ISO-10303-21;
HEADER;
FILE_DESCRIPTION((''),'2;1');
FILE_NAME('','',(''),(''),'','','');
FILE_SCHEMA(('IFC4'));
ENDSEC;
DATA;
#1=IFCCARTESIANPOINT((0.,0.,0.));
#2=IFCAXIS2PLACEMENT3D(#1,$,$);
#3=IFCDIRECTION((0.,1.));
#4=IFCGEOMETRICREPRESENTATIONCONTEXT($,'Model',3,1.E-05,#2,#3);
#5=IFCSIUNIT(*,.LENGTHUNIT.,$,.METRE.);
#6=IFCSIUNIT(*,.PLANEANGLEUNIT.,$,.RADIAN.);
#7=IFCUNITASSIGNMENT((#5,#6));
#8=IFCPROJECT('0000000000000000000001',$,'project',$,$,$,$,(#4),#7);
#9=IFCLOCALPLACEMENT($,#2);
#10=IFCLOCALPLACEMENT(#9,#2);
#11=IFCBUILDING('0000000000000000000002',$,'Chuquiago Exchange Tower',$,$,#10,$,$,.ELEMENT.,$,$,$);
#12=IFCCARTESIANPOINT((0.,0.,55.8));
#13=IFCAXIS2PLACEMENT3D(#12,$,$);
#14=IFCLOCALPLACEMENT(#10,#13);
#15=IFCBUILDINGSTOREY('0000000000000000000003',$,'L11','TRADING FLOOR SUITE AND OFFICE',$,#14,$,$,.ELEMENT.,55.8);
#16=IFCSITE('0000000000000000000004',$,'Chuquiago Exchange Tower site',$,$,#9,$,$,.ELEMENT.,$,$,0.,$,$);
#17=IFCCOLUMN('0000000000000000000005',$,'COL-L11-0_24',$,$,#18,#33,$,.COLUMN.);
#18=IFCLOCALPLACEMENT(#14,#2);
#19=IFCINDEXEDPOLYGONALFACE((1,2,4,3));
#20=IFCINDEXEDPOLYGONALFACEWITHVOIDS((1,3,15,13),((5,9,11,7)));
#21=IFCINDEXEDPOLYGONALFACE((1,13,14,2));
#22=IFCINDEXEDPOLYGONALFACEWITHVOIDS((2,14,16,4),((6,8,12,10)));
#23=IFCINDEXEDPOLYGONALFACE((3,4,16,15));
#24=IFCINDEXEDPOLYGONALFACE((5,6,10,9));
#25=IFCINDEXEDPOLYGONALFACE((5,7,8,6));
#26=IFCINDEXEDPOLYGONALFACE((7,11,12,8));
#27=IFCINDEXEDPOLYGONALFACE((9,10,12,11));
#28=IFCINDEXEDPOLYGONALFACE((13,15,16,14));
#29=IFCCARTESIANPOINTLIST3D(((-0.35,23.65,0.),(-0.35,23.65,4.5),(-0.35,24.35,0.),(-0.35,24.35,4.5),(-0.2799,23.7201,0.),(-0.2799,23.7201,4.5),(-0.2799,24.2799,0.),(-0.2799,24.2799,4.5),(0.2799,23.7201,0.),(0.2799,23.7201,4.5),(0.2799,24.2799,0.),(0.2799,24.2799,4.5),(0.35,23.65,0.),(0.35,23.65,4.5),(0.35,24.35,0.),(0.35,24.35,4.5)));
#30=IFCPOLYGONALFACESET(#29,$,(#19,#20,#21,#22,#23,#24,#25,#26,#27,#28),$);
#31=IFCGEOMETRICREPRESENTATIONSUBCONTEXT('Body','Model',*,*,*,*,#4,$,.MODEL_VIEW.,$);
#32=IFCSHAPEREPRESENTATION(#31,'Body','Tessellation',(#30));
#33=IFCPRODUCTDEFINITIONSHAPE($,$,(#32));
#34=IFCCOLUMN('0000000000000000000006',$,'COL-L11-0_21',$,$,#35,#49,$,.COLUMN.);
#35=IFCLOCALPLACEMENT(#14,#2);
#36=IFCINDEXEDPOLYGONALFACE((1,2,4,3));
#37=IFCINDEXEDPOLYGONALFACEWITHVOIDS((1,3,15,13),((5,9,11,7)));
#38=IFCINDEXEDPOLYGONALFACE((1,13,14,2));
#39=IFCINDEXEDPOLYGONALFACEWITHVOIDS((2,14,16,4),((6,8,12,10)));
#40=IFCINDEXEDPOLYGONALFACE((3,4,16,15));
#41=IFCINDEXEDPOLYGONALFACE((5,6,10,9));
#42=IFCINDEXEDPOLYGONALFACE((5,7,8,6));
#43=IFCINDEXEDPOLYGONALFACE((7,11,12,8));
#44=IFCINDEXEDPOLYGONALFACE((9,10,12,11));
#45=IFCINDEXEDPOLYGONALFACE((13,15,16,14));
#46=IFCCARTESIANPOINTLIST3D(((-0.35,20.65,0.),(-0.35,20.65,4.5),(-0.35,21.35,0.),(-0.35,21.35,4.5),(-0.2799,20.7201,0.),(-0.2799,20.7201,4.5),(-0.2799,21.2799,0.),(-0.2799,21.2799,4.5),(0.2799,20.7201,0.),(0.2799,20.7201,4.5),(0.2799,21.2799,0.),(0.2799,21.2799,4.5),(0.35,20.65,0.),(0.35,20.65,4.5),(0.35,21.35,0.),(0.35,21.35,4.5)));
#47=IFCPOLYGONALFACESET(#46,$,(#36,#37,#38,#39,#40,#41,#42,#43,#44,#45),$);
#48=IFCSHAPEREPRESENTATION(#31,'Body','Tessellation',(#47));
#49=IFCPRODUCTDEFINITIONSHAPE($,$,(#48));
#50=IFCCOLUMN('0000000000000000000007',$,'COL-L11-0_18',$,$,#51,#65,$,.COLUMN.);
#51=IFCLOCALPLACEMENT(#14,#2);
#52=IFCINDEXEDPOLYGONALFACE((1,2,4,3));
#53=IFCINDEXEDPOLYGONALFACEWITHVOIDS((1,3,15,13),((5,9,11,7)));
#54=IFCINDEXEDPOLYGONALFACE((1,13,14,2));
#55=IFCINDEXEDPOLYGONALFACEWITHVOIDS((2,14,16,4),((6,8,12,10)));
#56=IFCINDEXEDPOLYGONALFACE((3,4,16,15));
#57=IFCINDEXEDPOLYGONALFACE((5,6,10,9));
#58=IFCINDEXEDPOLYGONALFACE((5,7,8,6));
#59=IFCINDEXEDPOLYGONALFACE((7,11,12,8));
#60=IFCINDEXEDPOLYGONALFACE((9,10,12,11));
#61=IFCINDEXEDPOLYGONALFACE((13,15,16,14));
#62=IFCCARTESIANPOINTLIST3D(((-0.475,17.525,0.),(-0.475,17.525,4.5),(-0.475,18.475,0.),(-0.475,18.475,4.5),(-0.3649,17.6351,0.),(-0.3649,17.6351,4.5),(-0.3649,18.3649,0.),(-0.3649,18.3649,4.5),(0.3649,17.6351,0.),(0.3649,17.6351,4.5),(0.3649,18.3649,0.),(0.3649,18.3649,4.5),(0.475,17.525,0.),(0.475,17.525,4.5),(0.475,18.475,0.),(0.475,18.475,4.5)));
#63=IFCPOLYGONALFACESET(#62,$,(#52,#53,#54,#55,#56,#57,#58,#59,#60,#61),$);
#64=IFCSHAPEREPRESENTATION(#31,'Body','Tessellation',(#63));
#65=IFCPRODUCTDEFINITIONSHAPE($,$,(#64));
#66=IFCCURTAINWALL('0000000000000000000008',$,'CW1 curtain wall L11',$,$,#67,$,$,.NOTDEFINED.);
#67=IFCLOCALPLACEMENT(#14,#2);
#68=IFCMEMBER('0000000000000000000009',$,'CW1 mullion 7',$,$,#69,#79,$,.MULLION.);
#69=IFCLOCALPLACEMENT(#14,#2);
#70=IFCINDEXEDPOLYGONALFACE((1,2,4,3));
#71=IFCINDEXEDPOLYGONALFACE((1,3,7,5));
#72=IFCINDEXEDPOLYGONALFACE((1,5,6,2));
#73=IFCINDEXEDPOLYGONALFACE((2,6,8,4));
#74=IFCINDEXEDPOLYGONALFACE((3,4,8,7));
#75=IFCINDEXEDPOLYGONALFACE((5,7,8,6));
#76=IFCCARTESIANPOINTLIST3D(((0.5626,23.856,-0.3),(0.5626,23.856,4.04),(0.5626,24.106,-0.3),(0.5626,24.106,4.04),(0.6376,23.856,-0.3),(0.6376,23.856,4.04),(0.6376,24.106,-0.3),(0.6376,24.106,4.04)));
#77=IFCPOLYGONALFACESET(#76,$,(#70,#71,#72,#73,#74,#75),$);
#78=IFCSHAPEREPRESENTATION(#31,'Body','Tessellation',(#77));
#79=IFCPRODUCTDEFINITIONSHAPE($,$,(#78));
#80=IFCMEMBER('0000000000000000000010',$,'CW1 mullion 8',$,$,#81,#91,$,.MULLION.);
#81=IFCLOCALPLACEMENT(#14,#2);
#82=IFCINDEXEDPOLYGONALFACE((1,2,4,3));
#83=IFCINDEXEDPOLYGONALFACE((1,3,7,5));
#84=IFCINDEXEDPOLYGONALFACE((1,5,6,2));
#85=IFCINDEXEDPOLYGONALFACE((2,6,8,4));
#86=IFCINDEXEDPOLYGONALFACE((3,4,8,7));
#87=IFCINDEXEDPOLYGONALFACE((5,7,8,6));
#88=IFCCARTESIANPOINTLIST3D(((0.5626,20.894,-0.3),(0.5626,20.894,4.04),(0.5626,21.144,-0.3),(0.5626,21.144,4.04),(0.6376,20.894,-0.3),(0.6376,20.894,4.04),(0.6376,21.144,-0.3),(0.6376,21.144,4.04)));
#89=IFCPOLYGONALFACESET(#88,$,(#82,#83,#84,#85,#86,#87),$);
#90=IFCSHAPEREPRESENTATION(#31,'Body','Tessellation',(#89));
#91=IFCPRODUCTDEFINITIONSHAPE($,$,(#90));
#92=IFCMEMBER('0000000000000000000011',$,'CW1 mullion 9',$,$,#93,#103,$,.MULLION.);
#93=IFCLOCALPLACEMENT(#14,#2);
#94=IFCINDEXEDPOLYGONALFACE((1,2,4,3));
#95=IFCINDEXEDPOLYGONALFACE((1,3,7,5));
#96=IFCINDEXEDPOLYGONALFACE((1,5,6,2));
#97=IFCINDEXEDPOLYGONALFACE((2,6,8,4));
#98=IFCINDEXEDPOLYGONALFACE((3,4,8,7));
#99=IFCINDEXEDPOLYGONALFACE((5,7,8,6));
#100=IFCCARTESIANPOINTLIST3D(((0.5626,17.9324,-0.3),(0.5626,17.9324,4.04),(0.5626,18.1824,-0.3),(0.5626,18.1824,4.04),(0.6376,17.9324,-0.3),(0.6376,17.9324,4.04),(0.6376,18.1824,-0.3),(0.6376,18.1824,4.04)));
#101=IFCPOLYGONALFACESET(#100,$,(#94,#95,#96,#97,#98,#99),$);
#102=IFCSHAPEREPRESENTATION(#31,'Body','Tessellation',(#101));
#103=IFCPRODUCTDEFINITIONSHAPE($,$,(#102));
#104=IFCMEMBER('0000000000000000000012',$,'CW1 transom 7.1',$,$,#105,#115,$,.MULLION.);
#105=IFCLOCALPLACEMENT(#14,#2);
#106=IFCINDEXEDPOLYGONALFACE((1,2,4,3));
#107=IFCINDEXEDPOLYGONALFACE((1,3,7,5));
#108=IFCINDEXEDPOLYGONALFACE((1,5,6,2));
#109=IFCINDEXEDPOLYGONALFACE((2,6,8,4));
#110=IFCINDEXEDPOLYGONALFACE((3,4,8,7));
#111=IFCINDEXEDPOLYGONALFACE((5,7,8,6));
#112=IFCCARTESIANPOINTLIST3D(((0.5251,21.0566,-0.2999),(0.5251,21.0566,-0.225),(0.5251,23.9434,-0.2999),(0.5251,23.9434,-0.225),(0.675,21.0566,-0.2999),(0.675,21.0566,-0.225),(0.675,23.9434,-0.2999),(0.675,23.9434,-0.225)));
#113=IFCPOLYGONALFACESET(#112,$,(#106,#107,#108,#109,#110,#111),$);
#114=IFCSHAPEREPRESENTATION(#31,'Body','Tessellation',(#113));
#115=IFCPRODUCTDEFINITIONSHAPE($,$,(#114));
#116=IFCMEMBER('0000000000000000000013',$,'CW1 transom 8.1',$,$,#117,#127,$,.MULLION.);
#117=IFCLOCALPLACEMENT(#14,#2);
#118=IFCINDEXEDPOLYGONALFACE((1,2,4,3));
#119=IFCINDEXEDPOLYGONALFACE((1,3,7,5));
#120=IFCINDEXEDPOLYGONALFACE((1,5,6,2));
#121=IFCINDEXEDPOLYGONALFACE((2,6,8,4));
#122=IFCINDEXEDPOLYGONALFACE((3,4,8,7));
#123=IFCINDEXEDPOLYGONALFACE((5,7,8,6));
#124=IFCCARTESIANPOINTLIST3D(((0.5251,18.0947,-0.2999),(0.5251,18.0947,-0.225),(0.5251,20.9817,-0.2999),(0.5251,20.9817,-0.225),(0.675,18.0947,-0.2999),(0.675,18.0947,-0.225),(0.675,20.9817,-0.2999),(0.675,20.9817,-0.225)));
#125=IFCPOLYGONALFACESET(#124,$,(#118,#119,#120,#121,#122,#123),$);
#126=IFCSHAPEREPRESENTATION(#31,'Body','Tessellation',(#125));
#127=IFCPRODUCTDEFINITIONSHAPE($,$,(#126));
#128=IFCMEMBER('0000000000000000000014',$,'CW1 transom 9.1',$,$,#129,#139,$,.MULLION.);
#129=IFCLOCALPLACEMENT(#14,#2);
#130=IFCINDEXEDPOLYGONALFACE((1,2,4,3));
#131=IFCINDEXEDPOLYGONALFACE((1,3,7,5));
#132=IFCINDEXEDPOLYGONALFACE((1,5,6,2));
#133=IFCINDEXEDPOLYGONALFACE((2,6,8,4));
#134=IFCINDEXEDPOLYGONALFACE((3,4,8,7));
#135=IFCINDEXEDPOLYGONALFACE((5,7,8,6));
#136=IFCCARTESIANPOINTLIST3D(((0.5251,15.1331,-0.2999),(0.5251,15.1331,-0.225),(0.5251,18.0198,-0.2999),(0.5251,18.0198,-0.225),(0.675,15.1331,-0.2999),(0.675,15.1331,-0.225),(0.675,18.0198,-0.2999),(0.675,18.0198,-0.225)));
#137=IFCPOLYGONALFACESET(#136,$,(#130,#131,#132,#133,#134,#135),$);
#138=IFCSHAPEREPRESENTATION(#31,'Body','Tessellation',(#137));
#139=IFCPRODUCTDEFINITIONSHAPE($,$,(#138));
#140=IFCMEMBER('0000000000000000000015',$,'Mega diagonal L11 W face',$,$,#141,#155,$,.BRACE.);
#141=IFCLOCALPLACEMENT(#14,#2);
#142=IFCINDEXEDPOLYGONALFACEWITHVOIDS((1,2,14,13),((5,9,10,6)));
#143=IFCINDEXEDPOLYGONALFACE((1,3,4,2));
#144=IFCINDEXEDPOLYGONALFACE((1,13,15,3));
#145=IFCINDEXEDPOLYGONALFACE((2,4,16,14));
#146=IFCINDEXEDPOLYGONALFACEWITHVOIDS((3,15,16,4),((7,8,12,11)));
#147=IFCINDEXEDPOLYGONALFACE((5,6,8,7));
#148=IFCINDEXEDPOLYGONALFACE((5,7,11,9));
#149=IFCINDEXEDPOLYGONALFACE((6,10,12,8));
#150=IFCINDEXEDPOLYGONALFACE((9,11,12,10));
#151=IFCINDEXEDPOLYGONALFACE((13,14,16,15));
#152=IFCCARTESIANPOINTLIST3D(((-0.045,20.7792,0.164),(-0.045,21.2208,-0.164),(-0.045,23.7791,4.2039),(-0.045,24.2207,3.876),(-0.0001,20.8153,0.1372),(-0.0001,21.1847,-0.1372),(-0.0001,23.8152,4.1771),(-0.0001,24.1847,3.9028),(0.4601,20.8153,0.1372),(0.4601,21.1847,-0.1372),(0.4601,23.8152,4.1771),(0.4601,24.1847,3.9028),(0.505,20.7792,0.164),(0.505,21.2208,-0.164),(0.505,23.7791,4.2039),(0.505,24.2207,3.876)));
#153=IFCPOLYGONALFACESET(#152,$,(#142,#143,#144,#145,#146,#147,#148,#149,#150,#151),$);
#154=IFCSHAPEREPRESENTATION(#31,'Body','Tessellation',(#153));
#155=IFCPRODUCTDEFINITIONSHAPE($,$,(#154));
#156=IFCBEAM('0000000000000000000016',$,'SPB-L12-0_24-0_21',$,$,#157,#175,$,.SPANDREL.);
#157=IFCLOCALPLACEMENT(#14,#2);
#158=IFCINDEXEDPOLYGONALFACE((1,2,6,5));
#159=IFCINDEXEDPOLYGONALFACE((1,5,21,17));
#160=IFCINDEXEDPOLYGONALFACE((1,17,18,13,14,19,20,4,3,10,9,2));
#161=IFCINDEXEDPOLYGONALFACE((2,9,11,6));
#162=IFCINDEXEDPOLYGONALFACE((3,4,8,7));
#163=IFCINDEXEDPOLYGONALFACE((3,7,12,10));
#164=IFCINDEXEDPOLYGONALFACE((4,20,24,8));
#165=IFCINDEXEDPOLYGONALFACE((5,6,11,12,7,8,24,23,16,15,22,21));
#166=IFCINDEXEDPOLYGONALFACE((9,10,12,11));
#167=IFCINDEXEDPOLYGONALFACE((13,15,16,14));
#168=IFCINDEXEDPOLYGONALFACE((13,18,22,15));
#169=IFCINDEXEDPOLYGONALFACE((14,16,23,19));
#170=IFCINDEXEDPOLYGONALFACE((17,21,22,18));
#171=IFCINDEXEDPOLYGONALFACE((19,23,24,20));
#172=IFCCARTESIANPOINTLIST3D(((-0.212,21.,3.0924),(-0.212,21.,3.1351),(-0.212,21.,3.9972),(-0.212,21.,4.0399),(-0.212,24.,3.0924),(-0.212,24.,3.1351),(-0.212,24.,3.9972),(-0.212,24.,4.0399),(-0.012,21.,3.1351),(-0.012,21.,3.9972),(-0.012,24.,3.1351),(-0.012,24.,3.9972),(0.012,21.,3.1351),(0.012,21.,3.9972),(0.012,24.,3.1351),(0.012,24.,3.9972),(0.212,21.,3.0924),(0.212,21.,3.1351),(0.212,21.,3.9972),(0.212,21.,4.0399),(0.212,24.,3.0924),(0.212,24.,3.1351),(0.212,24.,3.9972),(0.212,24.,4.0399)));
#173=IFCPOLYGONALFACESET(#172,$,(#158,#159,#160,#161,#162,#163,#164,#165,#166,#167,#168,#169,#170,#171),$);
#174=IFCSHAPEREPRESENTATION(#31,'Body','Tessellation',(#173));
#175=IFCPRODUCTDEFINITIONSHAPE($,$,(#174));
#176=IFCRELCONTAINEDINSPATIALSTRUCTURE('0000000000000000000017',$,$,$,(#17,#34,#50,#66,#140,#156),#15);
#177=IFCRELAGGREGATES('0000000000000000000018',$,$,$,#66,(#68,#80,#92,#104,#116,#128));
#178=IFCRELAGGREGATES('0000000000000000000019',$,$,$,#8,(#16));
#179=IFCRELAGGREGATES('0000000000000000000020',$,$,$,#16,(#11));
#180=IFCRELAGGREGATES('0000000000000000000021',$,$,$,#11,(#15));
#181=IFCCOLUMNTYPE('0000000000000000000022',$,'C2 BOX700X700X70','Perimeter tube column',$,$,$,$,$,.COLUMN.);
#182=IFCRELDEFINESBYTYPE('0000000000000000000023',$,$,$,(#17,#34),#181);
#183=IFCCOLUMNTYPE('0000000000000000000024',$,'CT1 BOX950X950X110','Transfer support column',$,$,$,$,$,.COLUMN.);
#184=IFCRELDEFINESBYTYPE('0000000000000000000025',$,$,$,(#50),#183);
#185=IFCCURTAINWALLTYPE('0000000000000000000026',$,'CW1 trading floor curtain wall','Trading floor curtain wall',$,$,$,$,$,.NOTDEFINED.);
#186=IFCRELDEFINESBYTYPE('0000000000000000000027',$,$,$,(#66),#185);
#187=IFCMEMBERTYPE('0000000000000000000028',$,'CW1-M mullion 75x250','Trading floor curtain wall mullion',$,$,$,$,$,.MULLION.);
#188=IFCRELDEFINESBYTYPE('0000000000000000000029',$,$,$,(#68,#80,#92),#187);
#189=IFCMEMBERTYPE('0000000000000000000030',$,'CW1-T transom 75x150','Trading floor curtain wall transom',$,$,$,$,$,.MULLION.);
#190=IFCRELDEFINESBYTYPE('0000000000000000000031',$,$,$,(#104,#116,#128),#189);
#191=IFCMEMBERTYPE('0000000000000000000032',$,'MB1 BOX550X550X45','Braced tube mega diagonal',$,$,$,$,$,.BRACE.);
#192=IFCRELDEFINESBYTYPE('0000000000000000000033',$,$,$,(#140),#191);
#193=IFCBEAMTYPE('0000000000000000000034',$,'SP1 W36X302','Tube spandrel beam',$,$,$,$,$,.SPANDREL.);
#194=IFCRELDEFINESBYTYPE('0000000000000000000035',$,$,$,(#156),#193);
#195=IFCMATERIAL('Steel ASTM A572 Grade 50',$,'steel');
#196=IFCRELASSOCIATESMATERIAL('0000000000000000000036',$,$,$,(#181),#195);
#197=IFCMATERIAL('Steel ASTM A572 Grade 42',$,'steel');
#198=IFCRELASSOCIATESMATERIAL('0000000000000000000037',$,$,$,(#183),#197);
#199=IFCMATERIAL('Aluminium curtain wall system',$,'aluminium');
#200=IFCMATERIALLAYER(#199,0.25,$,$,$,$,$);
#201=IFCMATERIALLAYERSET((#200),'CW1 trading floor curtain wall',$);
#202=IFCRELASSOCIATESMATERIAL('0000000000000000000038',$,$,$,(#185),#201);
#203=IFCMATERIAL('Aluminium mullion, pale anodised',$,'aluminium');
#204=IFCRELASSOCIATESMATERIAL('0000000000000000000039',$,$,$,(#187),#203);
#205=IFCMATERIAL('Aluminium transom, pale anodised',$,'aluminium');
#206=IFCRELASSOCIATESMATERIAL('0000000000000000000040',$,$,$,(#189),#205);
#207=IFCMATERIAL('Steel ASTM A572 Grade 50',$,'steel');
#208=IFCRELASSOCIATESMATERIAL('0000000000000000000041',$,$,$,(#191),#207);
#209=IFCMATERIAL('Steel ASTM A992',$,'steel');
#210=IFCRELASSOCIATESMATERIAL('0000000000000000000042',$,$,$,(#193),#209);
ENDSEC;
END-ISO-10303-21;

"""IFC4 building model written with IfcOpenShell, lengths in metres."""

from ifc_helpers import new_model, si_unit, direction, frame, origin, origin_2d, place, context, subcontext, project, spatial, rectangle, hollow_rectangle, i_section, extrude, material, layer, layer_set, material_profile, profile_set, type_object, element, aggregate, save


model = new_model("IFC4")

# Units and contexts
model_context = context("Model", 3, precision=1e-05, world=origin(), true_north=direction((0.0, 1.0)))
body_context = subcontext(model_context, "Body", "Model", "MODEL_VIEW")
ifc_project = project(units=[si_unit("LENGTHUNIT", "METRE"), si_unit("PLANEANGLEUNIT", "RADIAN")], contexts=[model_context])

# Site, building, storey
site_placement = place(None, origin())
site = spatial("IfcSite", under=ifc_project, at=site_placement, Name="Chuquiago Exchange Tower site", CompositionType="ELEMENT", RefElevation=0.0)
building_placement = place(site_placement, origin())
building = spatial("IfcBuilding", under=site, at=building_placement, Name="Chuquiago Exchange Tower", CompositionType="ELEMENT")
storey_placement = place(building_placement, frame((0.0, 0.0, 55.8)))
storey = spatial("IfcBuildingStorey", under=building, at=storey_placement, Name="L11", Description="TRADING FLOOR SUITE AND OFFICE", CompositionType="ELEMENT", Elevation=55.8)

# Columns
ifc_material_1 = material(Name="Steel ASTM A572 Grade 50", Category="steel")
ifc_material_profile_1 = material_profile(ifc_material_1, hollow_rectangle(XDim=0.7, YDim=0.7, WallThickness=0.0701, at=origin_2d()), Name="BOX700X700X70")
ifc_profile_set_1 = profile_set([ifc_material_profile_1], Name="Steel ASTM A572 Grade 50")
column_type_1 = type_object("IfcColumnType", Name="C2 BOX700X700X70", Description="Perimeter tube column", PredefinedType="COLUMN", material=ifc_profile_set_1)
for number, where, z_axis, x_axis, name in (
    (1, (0.0, 24.0, 0.0), (0.0, 0.0, 1.0), (-1.0, 0.0, 0.0), "COL-L11-0_24"),
    (2, (0.0, 21.0, 0.0), (0.0, 0.0, 1.0), (-1.0, 0.0, 0.0), "COL-L11-0_21"),
):
    element("IfcColumn", number, at=place(storey_placement, frame(where, z_axis=z_axis, x_axis=x_axis)), inside=storey, type_object=column_type_1, Name=name, PredefinedType="COLUMN", context=body_context, shape_type="SweptSolid", body=[
        extrude(hollow_rectangle(XDim=0.7, YDim=0.7, WallThickness=0.0701, at=origin_2d()), origin(), (0.0, 0.0, 1.0), 4.5),
    ])
ifc_material_2 = material(Name="Steel ASTM A572 Grade 42", Category="steel")
ifc_material_profile_2 = material_profile(ifc_material_2, hollow_rectangle(XDim=0.95, YDim=0.95, WallThickness=0.1101, at=origin_2d()), Name="BOX950X950X110")
ifc_profile_set_2 = profile_set([ifc_material_profile_2], Name="Steel ASTM A572 Grade 42")
column_type_2 = type_object("IfcColumnType", Name="CT1 BOX950X950X110", Description="Transfer support column", PredefinedType="COLUMN", material=ifc_profile_set_2)
column_placement = place(storey_placement, frame((0.0, 18.0, 0.0), z_axis=(0.0, 0.0, 1.0), x_axis=(-1.0, 0.0, 0.0)))
element("IfcColumn", 3, at=column_placement, inside=storey, type_object=column_type_2, Name="COL-L11-0_18", PredefinedType="COLUMN", context=body_context, shape_type="SweptSolid", body=[
    extrude(hollow_rectangle(XDim=0.95, YDim=0.95, WallThickness=0.1101, at=origin_2d()), origin(), (0.0, 0.0, 1.0), 4.5),
])

# Curtain wall, members
ifc_material_3 = material(Name="Aluminium curtain wall system", Category="aluminium")
ifc_layer_1 = layer(ifc_material_3, 0.25)
ifc_layer_set_1 = layer_set([ifc_layer_1], Name="CW1 trading floor curtain wall")
curtain_wall_type = type_object("IfcCurtainWallType", Name="CW1 trading floor curtain wall", Description="Trading floor curtain wall", PredefinedType="NOTDEFINED", material=ifc_layer_set_1)
curtain_wall_placement = place(storey_placement, origin())
curtain_wall = element("IfcCurtainWall", 4, at=curtain_wall_placement, inside=storey, type_object=curtain_wall_type, Name="CW1 curtain wall L11", PredefinedType="NOTDEFINED")
ifc_material_4 = material(Name="Aluminium mullion, pale anodised", Category="aluminium")
ifc_material_profile_3 = material_profile(ifc_material_4, rectangle(XDim=0.075, YDim=0.25, at=origin_2d()), Name="AL 75x250")
ifc_profile_set_3 = profile_set([ifc_material_profile_3], Name="Aluminium mullion, pale anodised")
member_type_1 = type_object("IfcMemberType", Name="CW1-M mullion 75x250", Description="Trading floor curtain wall mullion", PredefinedType="MULLION", material=ifc_profile_set_3)
member_1_placement = place(storey_placement, frame((0.6001, 23.981, -0.3), z_axis=(0.0, 0.0, 1.0), x_axis=(1.0, 0.0, 0.0)))
member_1 = element("IfcMember", 5, at=member_1_placement, type_object=member_type_1, Name="CW1 mullion 7", PredefinedType="MULLION", context=body_context, shape_type="SweptSolid", body=[
    extrude(rectangle(XDim=0.075, YDim=0.25, at=origin_2d()), origin(), (0.0, 0.0, 1.0), 4.3401),
])
member_2_placement = place(storey_placement, frame((0.6001, 21.019, -0.3), z_axis=(0.0, 0.0, 1.0), x_axis=(1.0, 0.0, 0.0)))
member_2 = element("IfcMember", 6, at=member_2_placement, type_object=member_type_1, Name="CW1 mullion 8", PredefinedType="MULLION", context=body_context, shape_type="SweptSolid", body=[
    extrude(rectangle(XDim=0.075, YDim=0.25, at=origin_2d()), origin(), (0.0, 0.0, 1.0), 4.3401),
])
member_3_placement = place(storey_placement, frame((0.6001, 18.0574, -0.3), z_axis=(0.0, 0.0, 1.0), x_axis=(1.0, 0.0, 0.0)))
member_3 = element("IfcMember", 7, at=member_3_placement, type_object=member_type_1, Name="CW1 mullion 9", PredefinedType="MULLION", context=body_context, shape_type="SweptSolid", body=[
    extrude(rectangle(XDim=0.075, YDim=0.25, at=origin_2d()), origin(), (0.0, 0.0, 1.0), 4.3401),
])
ifc_material_5 = material(Name="Aluminium transom, pale anodised", Category="aluminium")
ifc_material_profile_4 = material_profile(ifc_material_5, rectangle(XDim=0.1499, YDim=0.075, at=origin_2d()), Name="AL 150x75")
ifc_profile_set_4 = profile_set([ifc_material_profile_4], Name="Aluminium transom, pale anodised")
member_type_2 = type_object("IfcMemberType", Name="CW1-T transom 75x150", Description="Trading floor curtain wall transom", PredefinedType="MULLION", material=ifc_profile_set_4)
member_4_placement = place(storey_placement, frame((0.6001, 23.9434, -0.2625), z_axis=(0.0, -1.0, 0.0), x_axis=(1.0, 0.0, 0.0)))
member_4 = element("IfcMember", 8, at=member_4_placement, type_object=member_type_2, Name="CW1 transom 7.1", PredefinedType="MULLION", context=body_context, shape_type="SweptSolid", body=[
    extrude(rectangle(XDim=0.1499, YDim=0.075, at=origin_2d()), origin(), (0.0, 0.0, 1.0), 2.8867),
])
member_5_placement = place(storey_placement, frame((0.6001, 20.9817, -0.2625), z_axis=(0.0, -1.0, 0.0), x_axis=(1.0, 0.0, 0.0)))
member_5 = element("IfcMember", 9, at=member_5_placement, type_object=member_type_2, Name="CW1 transom 8.1", PredefinedType="MULLION", context=body_context, shape_type="SweptSolid", body=[
    extrude(rectangle(XDim=0.1499, YDim=0.075, at=origin_2d()), origin(), (0.0, 0.0, 1.0), 2.887),
])
member_6_placement = place(storey_placement, frame((0.6001, 18.0198, -0.2625), z_axis=(0.0, -1.0, 0.0), x_axis=(1.0, 0.0, 0.0)))
member_6 = element("IfcMember", 10, at=member_6_placement, type_object=member_type_2, Name="CW1 transom 9.1", PredefinedType="MULLION", context=body_context, shape_type="SweptSolid", body=[
    extrude(rectangle(XDim=0.1499, YDim=0.075, at=origin_2d()), origin(), (0.0, 0.0, 1.0), 2.8867),
])

# Member
ifc_material_6 = material(Name="Steel ASTM A572 Grade 50", Category="steel")
ifc_material_profile_5 = material_profile(ifc_material_6, hollow_rectangle(XDim=0.55, YDim=0.55, WallThickness=0.0449, at=origin_2d()), Name="BOX550X550X45")
ifc_profile_set_5 = profile_set([ifc_material_profile_5], Name="Steel ASTM A572 Grade 50")
member_type_3 = type_object("IfcMemberType", Name="MB1 BOX550X550X45", Description="Braced tube mega diagonal", PredefinedType="BRACE", material=ifc_profile_set_5)
member_7_placement = place(storey_placement, frame((0.23, 21.0, 0.0), z_axis=(0.0, 0.596174, 0.802855), x_axis=(-1.0, 0.0, 0.0)))
element("IfcMember", 11, at=member_7_placement, inside=storey, type_object=member_type_3, Name="Mega diagonal L11 W face", PredefinedType="BRACE", context=body_context, shape_type="SweptSolid", body=[
    extrude(hollow_rectangle(XDim=0.55, YDim=0.55, WallThickness=0.0449, at=origin_2d()), origin(), (0.0, 0.0, 1.0), 5.032),
])

# Beam
ifc_material_7 = material(Name="Steel ASTM A992", Category="steel")
ifc_material_profile_6 = material_profile(ifc_material_7, i_section(OverallWidth=0.4241, OverallDepth=0.9475, WebThickness=0.0239, FlangeThickness=0.0427, at=origin_2d()), Name="W36X302")
ifc_profile_set_6 = profile_set([ifc_material_profile_6], Name="Steel ASTM A992")
beam_type = type_object("IfcBeamType", Name="SP1 W36X302", Description="Tube spandrel beam", PredefinedType="SPANDREL", material=ifc_profile_set_6)
for number, where, z_axis, x_axis, name in (
    (12, (0.0, 24.0, 3.5662), (0.0, -1.0, 0.0), (1.0, 0.0, 0.0), "SPB-L12-0_24-0_21"),
):
    element("IfcBeam", number, at=place(storey_placement, frame(where, z_axis=z_axis, x_axis=x_axis)), inside=storey, type_object=beam_type, Name=name, PredefinedType="SPANDREL", context=body_context, shape_type="SweptSolid", body=[
        extrude(i_section(OverallWidth=0.4241, OverallDepth=0.9475, WebThickness=0.0239, FlangeThickness=0.0427, at=origin_2d()), origin(), (0.0, 0.0, 1.0), 3.0),
    ])

aggregate(curtain_wall, [member_1, member_2, member_3, member_4, member_5, member_6])

save(model, "model.ifc")
